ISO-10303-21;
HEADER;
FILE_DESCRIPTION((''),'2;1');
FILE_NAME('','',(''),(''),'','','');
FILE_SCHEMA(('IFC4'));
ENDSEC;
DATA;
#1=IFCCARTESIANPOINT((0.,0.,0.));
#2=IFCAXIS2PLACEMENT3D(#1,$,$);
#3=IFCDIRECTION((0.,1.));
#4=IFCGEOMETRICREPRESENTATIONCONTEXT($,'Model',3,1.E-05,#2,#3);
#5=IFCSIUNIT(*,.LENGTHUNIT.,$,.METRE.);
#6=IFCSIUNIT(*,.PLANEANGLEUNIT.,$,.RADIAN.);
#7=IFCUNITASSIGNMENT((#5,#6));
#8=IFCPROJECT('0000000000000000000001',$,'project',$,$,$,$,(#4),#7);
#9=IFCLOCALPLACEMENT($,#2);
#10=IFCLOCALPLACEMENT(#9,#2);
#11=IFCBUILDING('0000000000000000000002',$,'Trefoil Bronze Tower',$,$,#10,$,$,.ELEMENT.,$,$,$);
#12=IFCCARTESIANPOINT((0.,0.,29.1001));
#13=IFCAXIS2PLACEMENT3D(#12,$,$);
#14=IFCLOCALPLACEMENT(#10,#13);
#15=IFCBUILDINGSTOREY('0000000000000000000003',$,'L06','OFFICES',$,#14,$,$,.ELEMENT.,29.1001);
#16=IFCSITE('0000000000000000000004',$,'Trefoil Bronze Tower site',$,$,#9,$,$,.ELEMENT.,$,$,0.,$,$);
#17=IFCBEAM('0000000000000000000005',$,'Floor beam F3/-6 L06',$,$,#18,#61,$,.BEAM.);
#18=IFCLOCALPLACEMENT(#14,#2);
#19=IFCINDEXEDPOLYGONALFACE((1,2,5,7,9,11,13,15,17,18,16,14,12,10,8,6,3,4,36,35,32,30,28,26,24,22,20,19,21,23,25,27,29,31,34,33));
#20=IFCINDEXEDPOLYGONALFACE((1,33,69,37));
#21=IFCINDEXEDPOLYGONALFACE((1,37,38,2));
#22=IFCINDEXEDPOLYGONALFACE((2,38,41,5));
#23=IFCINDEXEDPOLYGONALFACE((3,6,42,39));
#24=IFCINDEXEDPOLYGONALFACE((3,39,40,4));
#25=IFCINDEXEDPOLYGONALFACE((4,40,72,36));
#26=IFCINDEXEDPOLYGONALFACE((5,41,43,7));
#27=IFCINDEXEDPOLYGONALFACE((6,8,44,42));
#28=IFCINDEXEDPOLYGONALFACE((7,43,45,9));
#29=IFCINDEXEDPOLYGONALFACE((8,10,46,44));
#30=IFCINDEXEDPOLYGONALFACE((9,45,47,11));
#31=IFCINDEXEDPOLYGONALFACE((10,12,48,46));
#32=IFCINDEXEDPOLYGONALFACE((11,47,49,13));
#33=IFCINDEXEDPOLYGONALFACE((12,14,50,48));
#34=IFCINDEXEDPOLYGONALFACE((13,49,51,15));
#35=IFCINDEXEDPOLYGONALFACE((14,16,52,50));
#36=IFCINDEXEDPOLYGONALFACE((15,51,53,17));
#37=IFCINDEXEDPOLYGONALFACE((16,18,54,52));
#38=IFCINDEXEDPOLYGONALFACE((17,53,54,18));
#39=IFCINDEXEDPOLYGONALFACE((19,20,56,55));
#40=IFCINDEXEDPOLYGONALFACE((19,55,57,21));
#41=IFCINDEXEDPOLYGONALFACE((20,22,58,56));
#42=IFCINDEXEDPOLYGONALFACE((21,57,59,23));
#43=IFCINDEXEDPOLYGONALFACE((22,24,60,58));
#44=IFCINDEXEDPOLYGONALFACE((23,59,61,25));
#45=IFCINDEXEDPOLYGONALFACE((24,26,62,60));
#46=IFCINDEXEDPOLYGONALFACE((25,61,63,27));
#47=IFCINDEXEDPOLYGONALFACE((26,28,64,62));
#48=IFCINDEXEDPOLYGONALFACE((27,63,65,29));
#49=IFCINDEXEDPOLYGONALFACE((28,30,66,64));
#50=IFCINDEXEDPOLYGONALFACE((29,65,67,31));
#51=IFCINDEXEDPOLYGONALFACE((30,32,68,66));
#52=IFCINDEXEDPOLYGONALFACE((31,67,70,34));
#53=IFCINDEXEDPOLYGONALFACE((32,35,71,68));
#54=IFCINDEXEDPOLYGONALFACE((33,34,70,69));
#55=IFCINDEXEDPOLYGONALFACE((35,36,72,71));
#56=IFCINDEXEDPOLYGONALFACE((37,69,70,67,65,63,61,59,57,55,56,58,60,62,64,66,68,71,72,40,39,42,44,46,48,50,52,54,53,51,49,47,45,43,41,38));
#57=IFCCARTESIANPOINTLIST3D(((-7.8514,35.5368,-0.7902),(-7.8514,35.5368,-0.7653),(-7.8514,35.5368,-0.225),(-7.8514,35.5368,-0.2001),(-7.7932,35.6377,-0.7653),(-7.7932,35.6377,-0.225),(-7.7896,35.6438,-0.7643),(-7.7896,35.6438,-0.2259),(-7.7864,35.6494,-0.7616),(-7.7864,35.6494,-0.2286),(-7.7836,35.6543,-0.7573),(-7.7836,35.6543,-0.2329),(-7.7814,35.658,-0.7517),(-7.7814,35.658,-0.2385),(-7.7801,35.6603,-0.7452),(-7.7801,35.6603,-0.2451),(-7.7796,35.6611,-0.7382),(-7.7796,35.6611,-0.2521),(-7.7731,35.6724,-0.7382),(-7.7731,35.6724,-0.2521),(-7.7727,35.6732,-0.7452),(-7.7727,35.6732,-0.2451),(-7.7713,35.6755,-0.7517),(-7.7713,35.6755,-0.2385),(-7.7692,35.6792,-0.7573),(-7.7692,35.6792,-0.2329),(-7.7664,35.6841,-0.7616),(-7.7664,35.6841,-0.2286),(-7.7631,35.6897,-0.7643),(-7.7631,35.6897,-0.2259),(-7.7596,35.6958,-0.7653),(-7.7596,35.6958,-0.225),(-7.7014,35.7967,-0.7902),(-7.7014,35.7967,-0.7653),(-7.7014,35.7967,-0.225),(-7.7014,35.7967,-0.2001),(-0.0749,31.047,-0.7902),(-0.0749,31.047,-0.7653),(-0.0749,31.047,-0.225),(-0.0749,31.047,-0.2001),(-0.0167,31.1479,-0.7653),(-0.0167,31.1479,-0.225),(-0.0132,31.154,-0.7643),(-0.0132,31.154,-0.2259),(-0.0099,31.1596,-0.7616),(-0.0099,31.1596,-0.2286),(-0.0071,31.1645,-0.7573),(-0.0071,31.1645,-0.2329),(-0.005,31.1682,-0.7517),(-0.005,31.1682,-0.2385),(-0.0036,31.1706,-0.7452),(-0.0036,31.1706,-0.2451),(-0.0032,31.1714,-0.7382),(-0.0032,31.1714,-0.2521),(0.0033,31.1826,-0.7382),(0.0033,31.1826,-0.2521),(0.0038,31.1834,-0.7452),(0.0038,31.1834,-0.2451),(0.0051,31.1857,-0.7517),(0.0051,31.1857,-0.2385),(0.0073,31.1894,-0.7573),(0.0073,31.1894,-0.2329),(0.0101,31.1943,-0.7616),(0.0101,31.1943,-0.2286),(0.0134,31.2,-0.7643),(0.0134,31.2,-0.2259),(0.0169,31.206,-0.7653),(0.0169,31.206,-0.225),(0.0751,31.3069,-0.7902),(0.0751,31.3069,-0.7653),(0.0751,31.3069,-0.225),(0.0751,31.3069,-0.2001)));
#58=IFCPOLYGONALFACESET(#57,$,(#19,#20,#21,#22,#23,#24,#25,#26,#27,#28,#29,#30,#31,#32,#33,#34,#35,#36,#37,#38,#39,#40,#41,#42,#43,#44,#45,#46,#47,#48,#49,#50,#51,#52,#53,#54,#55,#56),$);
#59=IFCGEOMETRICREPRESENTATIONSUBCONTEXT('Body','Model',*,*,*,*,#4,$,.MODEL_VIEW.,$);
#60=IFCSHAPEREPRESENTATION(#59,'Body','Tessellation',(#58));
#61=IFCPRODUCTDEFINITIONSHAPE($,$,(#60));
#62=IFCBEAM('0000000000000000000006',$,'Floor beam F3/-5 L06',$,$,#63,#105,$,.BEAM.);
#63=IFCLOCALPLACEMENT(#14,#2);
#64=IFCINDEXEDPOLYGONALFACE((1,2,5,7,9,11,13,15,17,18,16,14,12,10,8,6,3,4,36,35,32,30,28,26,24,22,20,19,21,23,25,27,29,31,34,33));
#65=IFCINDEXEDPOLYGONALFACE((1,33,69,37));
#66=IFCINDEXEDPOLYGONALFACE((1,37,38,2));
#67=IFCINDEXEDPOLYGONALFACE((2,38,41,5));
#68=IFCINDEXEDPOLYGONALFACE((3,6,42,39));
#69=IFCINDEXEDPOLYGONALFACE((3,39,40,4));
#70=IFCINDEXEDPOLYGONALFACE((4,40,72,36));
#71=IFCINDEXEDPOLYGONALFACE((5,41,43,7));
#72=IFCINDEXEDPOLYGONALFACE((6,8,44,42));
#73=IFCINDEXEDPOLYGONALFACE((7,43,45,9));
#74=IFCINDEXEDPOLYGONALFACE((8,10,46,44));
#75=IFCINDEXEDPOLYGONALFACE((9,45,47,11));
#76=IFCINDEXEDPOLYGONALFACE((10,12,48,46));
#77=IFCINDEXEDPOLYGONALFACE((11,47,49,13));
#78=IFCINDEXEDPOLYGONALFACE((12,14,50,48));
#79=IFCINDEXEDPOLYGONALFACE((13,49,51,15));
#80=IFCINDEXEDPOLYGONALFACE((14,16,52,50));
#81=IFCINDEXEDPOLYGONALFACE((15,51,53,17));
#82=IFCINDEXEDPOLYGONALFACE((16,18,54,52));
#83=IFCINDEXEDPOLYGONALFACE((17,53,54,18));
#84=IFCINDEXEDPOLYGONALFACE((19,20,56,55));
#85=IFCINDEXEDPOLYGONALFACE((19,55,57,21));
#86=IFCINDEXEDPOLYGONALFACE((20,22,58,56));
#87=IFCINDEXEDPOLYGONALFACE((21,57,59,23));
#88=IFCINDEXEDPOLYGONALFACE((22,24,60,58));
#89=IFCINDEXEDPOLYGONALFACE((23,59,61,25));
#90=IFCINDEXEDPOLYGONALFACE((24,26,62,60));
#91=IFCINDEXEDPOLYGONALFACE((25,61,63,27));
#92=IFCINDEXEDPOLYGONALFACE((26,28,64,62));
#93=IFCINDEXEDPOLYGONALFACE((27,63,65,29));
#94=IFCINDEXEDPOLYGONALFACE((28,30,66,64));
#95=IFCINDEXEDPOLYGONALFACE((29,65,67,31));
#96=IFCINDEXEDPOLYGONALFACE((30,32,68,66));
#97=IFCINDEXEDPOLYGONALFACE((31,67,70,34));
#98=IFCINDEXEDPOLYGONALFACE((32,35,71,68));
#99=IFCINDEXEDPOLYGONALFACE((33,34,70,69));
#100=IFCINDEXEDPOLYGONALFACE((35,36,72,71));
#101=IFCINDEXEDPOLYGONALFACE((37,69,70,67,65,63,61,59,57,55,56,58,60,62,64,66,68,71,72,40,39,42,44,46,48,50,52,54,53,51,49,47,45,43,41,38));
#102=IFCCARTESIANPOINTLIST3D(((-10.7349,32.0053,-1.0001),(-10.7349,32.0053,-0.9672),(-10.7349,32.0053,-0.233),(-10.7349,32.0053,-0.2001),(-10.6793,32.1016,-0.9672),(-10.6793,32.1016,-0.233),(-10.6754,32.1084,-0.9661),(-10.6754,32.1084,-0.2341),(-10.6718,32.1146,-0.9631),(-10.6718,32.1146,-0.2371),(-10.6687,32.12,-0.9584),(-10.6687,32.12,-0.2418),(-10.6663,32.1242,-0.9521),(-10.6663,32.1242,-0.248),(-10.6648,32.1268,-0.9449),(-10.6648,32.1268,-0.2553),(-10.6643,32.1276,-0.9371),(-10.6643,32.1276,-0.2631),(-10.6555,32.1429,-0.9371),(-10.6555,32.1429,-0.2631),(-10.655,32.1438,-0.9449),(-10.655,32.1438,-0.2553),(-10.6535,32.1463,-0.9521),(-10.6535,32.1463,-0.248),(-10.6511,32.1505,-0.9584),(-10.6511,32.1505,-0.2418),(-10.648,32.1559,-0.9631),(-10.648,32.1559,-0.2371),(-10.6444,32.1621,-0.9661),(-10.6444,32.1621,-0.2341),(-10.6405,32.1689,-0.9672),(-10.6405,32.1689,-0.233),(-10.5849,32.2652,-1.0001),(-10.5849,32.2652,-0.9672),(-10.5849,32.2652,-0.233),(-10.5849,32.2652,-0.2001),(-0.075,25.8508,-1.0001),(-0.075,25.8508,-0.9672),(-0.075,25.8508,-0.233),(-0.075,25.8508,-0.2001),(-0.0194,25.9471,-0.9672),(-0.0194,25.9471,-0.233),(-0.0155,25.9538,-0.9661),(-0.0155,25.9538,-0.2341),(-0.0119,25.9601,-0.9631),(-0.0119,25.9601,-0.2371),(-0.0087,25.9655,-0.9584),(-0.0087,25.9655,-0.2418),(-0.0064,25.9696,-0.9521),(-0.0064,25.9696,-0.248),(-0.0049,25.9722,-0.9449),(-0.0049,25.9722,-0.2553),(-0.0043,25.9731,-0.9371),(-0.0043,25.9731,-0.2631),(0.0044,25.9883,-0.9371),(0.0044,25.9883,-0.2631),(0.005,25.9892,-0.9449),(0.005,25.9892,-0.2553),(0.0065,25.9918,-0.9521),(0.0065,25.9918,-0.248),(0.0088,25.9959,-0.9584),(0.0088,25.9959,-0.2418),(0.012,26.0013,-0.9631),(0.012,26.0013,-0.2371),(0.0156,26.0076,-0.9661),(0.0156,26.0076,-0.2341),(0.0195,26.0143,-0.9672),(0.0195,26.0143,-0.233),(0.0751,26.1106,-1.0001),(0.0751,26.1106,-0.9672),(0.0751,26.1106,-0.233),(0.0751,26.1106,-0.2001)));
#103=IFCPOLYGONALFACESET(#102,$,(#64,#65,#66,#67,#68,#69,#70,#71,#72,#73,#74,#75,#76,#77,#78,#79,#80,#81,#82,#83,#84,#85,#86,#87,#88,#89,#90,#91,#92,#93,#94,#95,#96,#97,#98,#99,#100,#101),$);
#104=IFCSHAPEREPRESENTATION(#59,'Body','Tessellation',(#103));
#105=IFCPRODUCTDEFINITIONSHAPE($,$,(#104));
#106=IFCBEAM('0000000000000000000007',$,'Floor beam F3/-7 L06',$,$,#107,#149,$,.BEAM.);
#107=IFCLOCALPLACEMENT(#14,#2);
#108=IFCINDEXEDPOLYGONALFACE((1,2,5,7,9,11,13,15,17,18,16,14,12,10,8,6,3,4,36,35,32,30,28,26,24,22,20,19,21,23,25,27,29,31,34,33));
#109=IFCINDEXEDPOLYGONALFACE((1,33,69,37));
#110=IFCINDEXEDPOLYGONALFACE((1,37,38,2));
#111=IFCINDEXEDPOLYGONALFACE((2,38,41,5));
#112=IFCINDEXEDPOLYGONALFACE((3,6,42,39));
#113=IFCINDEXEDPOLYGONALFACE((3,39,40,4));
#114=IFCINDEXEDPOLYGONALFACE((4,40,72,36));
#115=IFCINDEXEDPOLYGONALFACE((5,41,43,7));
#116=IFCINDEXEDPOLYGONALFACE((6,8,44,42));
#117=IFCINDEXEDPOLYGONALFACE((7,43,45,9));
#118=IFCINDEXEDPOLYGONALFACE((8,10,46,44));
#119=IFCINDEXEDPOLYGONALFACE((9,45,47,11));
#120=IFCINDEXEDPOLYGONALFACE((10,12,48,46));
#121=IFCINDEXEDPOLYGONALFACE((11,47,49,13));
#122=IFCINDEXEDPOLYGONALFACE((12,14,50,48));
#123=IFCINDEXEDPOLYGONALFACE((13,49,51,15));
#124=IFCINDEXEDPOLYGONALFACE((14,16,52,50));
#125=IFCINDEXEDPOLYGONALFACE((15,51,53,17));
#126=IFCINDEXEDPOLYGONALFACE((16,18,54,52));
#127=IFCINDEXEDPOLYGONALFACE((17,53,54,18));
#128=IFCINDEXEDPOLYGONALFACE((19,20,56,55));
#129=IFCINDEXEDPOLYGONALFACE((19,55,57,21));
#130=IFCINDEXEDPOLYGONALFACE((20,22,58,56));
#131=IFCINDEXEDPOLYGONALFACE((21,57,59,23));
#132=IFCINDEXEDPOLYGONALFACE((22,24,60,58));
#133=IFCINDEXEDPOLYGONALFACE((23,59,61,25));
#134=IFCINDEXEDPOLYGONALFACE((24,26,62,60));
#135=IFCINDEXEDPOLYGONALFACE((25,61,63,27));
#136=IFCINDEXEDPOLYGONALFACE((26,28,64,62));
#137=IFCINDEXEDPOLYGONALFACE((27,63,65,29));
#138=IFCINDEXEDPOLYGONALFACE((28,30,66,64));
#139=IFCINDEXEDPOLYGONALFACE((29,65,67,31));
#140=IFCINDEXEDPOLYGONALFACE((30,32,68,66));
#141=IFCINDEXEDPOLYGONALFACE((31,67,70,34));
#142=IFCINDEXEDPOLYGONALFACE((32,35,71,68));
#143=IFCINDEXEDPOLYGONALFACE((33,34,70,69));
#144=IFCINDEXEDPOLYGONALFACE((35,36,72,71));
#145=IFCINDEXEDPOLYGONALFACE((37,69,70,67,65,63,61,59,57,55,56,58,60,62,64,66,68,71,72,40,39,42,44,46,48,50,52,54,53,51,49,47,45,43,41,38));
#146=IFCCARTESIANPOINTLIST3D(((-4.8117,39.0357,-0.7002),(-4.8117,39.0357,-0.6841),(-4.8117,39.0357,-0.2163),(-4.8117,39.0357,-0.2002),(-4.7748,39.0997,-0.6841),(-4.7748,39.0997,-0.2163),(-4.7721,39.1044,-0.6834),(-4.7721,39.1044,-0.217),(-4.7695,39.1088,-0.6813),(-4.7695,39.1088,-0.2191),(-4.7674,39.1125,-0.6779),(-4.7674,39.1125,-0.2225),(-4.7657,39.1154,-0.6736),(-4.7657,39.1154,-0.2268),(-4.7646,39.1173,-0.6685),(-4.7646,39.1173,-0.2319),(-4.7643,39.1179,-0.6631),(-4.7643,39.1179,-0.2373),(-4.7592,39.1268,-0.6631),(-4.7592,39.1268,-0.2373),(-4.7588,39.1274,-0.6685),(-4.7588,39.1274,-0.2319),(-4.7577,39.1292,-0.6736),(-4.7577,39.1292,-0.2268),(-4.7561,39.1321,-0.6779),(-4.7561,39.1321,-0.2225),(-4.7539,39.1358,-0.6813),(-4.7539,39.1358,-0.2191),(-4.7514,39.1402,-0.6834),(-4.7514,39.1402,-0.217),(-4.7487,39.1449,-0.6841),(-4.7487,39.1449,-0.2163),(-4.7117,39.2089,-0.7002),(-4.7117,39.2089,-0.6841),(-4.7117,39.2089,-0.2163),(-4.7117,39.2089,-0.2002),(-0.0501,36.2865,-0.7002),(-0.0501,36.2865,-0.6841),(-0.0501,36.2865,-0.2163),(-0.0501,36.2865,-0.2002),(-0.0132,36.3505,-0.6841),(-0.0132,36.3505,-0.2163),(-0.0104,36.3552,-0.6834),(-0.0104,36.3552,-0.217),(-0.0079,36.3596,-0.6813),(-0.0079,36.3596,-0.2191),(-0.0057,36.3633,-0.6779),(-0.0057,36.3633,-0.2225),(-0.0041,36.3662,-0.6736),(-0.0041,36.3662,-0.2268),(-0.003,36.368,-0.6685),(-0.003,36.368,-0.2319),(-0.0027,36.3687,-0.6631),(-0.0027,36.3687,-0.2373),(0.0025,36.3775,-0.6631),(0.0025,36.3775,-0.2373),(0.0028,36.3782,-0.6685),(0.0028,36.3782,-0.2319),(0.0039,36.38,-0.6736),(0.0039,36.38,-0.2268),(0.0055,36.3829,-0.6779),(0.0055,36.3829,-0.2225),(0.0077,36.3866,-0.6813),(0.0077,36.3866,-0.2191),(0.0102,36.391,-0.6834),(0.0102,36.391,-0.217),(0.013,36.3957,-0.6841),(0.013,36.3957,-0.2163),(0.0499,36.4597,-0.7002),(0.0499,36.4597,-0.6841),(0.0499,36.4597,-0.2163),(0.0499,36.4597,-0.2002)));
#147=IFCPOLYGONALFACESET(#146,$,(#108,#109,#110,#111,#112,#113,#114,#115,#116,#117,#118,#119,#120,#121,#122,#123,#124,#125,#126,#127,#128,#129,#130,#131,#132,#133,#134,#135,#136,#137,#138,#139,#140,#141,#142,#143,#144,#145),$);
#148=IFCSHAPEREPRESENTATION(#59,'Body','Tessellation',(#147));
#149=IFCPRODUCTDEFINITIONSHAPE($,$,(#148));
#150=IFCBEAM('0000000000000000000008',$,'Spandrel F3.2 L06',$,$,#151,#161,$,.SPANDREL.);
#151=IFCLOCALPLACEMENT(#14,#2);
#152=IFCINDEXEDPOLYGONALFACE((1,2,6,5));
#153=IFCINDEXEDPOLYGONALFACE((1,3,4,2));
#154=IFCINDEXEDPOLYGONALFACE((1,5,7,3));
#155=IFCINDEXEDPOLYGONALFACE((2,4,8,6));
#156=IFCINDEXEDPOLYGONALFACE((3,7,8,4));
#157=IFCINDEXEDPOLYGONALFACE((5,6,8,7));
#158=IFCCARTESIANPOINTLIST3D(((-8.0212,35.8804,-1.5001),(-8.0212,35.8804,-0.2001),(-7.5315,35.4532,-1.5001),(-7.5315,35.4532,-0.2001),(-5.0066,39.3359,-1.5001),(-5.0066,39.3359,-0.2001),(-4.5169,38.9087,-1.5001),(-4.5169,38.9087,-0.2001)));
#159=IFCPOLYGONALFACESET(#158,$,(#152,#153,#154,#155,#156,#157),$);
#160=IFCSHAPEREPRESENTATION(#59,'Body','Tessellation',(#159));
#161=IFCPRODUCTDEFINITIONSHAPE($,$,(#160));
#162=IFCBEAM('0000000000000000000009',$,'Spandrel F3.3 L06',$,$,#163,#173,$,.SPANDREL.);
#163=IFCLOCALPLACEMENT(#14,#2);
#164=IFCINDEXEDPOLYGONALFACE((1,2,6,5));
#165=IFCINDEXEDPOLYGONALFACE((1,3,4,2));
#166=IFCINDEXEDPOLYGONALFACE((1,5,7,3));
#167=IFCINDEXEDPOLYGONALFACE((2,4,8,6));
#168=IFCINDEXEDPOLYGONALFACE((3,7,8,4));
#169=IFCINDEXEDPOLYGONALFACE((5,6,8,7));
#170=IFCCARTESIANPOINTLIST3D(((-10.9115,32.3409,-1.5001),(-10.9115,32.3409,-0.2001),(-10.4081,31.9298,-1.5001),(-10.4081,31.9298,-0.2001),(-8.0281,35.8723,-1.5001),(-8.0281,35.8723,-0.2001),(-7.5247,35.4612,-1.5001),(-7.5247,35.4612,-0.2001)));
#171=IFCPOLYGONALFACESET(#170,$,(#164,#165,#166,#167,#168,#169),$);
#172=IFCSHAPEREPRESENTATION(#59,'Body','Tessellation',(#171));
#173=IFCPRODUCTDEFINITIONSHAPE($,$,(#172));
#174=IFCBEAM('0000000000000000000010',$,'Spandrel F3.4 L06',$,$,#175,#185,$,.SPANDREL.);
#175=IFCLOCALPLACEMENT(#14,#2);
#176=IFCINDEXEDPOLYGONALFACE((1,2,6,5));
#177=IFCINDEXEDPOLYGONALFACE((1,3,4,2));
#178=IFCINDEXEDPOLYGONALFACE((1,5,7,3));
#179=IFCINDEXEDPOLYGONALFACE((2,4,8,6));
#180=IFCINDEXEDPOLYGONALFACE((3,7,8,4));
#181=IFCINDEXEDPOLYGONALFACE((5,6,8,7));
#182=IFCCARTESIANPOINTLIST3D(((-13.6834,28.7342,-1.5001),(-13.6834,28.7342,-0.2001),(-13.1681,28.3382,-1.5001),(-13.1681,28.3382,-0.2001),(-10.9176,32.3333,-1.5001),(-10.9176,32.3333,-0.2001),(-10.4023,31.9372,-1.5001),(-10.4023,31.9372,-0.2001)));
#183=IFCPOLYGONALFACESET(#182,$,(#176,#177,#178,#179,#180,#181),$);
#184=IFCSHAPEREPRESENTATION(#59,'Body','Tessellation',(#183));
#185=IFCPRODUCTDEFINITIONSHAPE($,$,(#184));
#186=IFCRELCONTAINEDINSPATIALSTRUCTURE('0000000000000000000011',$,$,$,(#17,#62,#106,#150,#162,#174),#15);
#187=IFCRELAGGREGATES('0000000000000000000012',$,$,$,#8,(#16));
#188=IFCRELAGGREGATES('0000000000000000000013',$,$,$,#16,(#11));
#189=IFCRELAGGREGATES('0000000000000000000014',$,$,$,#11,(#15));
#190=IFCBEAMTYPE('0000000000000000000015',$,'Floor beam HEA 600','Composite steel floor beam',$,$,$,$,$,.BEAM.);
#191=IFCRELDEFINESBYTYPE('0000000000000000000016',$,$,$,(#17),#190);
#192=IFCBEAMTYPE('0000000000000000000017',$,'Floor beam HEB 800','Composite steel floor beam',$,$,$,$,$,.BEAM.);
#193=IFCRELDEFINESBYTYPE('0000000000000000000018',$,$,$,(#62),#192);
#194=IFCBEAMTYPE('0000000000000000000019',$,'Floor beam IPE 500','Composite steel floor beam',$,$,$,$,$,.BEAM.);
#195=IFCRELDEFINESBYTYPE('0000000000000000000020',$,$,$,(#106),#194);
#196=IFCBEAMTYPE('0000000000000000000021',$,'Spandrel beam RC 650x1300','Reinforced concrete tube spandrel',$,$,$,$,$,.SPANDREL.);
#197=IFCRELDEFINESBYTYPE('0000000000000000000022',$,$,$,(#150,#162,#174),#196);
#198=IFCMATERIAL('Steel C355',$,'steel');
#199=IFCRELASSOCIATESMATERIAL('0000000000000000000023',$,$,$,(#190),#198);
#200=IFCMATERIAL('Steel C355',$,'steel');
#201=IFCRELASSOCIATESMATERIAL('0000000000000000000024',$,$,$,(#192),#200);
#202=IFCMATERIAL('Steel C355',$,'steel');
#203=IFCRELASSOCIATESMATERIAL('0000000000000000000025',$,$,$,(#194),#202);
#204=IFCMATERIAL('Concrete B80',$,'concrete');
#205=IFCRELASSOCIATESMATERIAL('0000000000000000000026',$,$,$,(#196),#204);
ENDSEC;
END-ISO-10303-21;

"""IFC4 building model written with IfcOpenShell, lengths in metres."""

from ifc_helpers import new_model, si_unit, direction, frame, origin, origin_2d, place, context, subcontext, project, spatial, rectangle, i_section, extrude, material, material_profile, profile_set, type_object, element, save


model = new_model("IFC4")

# Units and contexts
model_context = context("Model", 3, precision=1e-05, world=origin(), true_north=direction((0.0, 1.0)))
body_context = subcontext(model_context, "Body", "Model", "MODEL_VIEW")
ifc_project = project(units=[si_unit("LENGTHUNIT", "METRE"), si_unit("PLANEANGLEUNIT", "RADIAN")], contexts=[model_context])

# Site, building, storey
site_placement = place(None, origin())
site = spatial("IfcSite", under=ifc_project, at=site_placement, Name="Trefoil Bronze Tower site", CompositionType="ELEMENT", RefElevation=0.0)
building_placement = place(site_placement, origin())
building = spatial("IfcBuilding", under=site, at=building_placement, Name="Trefoil Bronze Tower", CompositionType="ELEMENT")
storey_placement = place(building_placement, frame((0.0, 0.0, 29.1001)))
storey = spatial("IfcBuildingStorey", under=building, at=storey_placement, Name="L06", Description="OFFICES", CompositionType="ELEMENT", Elevation=29.1001)

# Beams
ifc_material_1 = material(Name="Steel C355", Category="steel")
ifc_material_profile_1 = material_profile(ifc_material_1, i_section(OverallWidth=0.3, OverallDepth=0.5901, WebThickness=0.0129, FlangeThickness=0.0249, FilletRadius=0.0271, at=origin_2d()), Name="HEA 600")
ifc_profile_set_1 = profile_set([ifc_material_profile_1], Name="Steel C355")
beam_type_1 = type_object("IfcBeamType", Name="Floor beam HEA 600", Description="Composite steel floor beam", PredefinedType="BEAM", material=ifc_profile_set_1)
beam_1_placement = place(storey_placement, frame((-7.7764, 35.6667, -0.4951), z_axis=(0.866023, -0.500005, 0.0), x_axis=(0.500005, 0.866023, 0.0)))
element("IfcBeam", 1, at=beam_1_placement, inside=storey, type_object=beam_type_1, Name="Floor beam F3/-6 L06", PredefinedType="BEAM", context=body_context, shape_type="SweptSolid", body=[
    extrude(i_section(OverallWidth=0.3, OverallDepth=0.5901, WebThickness=0.0129, FlangeThickness=0.0249, FilletRadius=0.0271, at=origin_2d()), origin(), (0.0, 0.0, 1.0), 8.9795),
])
ifc_material_2 = material(Name="Steel C355", Category="steel")
ifc_material_profile_2 = material_profile(ifc_material_2, i_section(OverallWidth=0.3, OverallDepth=0.8, WebThickness=0.0176, FlangeThickness=0.033, FilletRadius=0.03, at=origin_2d()), Name="HEB 800")
ifc_profile_set_2 = profile_set([ifc_material_profile_2], Name="Steel C355")
beam_type_2 = type_object("IfcBeamType", Name="Floor beam HEB 800", Description="Composite steel floor beam", PredefinedType="BEAM", material=ifc_profile_set_2)
beam_2_placement = place(storey_placement, frame((-10.6599, 32.1353, -0.6001), z_axis=(0.866024, -0.500002, 0.0), x_axis=(0.500002, 0.866024, 0.0)))
element("IfcBeam", 2, at=beam_2_placement, inside=storey, type_object=beam_type_2, Name="Floor beam F3/-5 L06", PredefinedType="BEAM", context=body_context, shape_type="SweptSolid", body=[
    extrude(i_section(OverallWidth=0.3, OverallDepth=0.8, WebThickness=0.0176, FlangeThickness=0.033, FilletRadius=0.03, at=origin_2d()), origin(), (0.0, 0.0, 1.0), 12.3091),
])
ifc_material_3 = material(Name="Steel C355", Category="steel")
ifc_material_profile_3 = material_profile(ifc_material_3, i_section(OverallWidth=0.2, OverallDepth=0.5, WebThickness=0.0103, FlangeThickness=0.0161, FilletRadius=0.021, at=origin_2d()), Name="IPE 500")
ifc_profile_set_3 = profile_set([ifc_material_profile_3], Name="Steel C355")
beam_type_3 = type_object("IfcBeamType", Name="Floor beam IPE 500", Description="Composite steel floor beam", PredefinedType="BEAM", material=ifc_profile_set_3)
beam_3_placement = place(storey_placement, frame((-4.7617, 39.1223, -0.4502), z_axis=(0.866018, -0.500012, 0.0), x_axis=(0.500012, 0.866018, 0.0)))
element("IfcBeam", 3, at=beam_3_placement, inside=storey, type_object=beam_type_3, Name="Floor beam F3/-7 L06", PredefinedType="BEAM", context=body_context, shape_type="SweptSolid", body=[
    extrude(i_section(OverallWidth=0.2, OverallDepth=0.5, WebThickness=0.0103, FlangeThickness=0.0161, FilletRadius=0.021, at=origin_2d()), origin(), (0.0, 0.0, 1.0), 5.4983),
])
ifc_material_4 = material(Name="Concrete B80", Category="concrete")
ifc_material_profile_4 = material_profile(ifc_material_4, rectangle(XDim=0.6499, YDim=1.3, at=origin_2d()), Name="RC 650x1300")
ifc_profile_set_4 = profile_set([ifc_material_profile_4], Name="Concrete B80")
beam_type_4 = type_object("IfcBeamType", Name="Spandrel beam RC 650x1300", Description="Reinforced concrete tube spandrel", PredefinedType="SPANDREL", material=ifc_profile_set_4)
beam_4_placement = place(storey_placement, frame((-4.7617, 39.1223, -0.8501), z_axis=(-0.657396, -0.753545, 0.0), x_axis=(0.753545, -0.657396, 0.0)))
element("IfcBeam", 4, at=beam_4_placement, inside=storey, type_object=beam_type_4, Name="Spandrel F3.2 L06", PredefinedType="SPANDREL", context=body_context, shape_type="SweptSolid", body=[
    extrude(rectangle(XDim=0.6499, YDim=1.3, at=origin_2d()), origin(), (0.0, 0.0, 1.0), 4.5857),
])
beam_5_placement = place(storey_placement, frame((-7.7764, 35.6667, -0.8501), z_axis=(-0.632468, -0.774587, 0.0), x_axis=(0.774587, -0.632468, 0.0)))
element("IfcBeam", 5, at=beam_5_placement, inside=storey, type_object=beam_type_4, Name="Spandrel F3.3 L06", PredefinedType="SPANDREL", context=body_context, shape_type="SweptSolid", body=[
    extrude(rectangle(XDim=0.6499, YDim=1.3, at=origin_2d()), origin(), (0.0, 0.0, 1.0), 4.5591),
])
beam_6_placement = place(storey_placement, frame((-10.6599, 32.1353, -0.8501), z_axis=(-0.609339, -0.79291, 0.0), x_axis=(0.79291, -0.609339, 0.0)))
element("IfcBeam", 6, at=beam_6_placement, inside=storey, type_object=beam_type_4, Name="Spandrel F3.4 L06", PredefinedType="SPANDREL", context=body_context, shape_type="SweptSolid", body=[
    extrude(rectangle(XDim=0.6499, YDim=1.3, at=origin_2d()), origin(), (0.0, 0.0, 1.0), 4.5391),
])

save(model, "model.ifc")
